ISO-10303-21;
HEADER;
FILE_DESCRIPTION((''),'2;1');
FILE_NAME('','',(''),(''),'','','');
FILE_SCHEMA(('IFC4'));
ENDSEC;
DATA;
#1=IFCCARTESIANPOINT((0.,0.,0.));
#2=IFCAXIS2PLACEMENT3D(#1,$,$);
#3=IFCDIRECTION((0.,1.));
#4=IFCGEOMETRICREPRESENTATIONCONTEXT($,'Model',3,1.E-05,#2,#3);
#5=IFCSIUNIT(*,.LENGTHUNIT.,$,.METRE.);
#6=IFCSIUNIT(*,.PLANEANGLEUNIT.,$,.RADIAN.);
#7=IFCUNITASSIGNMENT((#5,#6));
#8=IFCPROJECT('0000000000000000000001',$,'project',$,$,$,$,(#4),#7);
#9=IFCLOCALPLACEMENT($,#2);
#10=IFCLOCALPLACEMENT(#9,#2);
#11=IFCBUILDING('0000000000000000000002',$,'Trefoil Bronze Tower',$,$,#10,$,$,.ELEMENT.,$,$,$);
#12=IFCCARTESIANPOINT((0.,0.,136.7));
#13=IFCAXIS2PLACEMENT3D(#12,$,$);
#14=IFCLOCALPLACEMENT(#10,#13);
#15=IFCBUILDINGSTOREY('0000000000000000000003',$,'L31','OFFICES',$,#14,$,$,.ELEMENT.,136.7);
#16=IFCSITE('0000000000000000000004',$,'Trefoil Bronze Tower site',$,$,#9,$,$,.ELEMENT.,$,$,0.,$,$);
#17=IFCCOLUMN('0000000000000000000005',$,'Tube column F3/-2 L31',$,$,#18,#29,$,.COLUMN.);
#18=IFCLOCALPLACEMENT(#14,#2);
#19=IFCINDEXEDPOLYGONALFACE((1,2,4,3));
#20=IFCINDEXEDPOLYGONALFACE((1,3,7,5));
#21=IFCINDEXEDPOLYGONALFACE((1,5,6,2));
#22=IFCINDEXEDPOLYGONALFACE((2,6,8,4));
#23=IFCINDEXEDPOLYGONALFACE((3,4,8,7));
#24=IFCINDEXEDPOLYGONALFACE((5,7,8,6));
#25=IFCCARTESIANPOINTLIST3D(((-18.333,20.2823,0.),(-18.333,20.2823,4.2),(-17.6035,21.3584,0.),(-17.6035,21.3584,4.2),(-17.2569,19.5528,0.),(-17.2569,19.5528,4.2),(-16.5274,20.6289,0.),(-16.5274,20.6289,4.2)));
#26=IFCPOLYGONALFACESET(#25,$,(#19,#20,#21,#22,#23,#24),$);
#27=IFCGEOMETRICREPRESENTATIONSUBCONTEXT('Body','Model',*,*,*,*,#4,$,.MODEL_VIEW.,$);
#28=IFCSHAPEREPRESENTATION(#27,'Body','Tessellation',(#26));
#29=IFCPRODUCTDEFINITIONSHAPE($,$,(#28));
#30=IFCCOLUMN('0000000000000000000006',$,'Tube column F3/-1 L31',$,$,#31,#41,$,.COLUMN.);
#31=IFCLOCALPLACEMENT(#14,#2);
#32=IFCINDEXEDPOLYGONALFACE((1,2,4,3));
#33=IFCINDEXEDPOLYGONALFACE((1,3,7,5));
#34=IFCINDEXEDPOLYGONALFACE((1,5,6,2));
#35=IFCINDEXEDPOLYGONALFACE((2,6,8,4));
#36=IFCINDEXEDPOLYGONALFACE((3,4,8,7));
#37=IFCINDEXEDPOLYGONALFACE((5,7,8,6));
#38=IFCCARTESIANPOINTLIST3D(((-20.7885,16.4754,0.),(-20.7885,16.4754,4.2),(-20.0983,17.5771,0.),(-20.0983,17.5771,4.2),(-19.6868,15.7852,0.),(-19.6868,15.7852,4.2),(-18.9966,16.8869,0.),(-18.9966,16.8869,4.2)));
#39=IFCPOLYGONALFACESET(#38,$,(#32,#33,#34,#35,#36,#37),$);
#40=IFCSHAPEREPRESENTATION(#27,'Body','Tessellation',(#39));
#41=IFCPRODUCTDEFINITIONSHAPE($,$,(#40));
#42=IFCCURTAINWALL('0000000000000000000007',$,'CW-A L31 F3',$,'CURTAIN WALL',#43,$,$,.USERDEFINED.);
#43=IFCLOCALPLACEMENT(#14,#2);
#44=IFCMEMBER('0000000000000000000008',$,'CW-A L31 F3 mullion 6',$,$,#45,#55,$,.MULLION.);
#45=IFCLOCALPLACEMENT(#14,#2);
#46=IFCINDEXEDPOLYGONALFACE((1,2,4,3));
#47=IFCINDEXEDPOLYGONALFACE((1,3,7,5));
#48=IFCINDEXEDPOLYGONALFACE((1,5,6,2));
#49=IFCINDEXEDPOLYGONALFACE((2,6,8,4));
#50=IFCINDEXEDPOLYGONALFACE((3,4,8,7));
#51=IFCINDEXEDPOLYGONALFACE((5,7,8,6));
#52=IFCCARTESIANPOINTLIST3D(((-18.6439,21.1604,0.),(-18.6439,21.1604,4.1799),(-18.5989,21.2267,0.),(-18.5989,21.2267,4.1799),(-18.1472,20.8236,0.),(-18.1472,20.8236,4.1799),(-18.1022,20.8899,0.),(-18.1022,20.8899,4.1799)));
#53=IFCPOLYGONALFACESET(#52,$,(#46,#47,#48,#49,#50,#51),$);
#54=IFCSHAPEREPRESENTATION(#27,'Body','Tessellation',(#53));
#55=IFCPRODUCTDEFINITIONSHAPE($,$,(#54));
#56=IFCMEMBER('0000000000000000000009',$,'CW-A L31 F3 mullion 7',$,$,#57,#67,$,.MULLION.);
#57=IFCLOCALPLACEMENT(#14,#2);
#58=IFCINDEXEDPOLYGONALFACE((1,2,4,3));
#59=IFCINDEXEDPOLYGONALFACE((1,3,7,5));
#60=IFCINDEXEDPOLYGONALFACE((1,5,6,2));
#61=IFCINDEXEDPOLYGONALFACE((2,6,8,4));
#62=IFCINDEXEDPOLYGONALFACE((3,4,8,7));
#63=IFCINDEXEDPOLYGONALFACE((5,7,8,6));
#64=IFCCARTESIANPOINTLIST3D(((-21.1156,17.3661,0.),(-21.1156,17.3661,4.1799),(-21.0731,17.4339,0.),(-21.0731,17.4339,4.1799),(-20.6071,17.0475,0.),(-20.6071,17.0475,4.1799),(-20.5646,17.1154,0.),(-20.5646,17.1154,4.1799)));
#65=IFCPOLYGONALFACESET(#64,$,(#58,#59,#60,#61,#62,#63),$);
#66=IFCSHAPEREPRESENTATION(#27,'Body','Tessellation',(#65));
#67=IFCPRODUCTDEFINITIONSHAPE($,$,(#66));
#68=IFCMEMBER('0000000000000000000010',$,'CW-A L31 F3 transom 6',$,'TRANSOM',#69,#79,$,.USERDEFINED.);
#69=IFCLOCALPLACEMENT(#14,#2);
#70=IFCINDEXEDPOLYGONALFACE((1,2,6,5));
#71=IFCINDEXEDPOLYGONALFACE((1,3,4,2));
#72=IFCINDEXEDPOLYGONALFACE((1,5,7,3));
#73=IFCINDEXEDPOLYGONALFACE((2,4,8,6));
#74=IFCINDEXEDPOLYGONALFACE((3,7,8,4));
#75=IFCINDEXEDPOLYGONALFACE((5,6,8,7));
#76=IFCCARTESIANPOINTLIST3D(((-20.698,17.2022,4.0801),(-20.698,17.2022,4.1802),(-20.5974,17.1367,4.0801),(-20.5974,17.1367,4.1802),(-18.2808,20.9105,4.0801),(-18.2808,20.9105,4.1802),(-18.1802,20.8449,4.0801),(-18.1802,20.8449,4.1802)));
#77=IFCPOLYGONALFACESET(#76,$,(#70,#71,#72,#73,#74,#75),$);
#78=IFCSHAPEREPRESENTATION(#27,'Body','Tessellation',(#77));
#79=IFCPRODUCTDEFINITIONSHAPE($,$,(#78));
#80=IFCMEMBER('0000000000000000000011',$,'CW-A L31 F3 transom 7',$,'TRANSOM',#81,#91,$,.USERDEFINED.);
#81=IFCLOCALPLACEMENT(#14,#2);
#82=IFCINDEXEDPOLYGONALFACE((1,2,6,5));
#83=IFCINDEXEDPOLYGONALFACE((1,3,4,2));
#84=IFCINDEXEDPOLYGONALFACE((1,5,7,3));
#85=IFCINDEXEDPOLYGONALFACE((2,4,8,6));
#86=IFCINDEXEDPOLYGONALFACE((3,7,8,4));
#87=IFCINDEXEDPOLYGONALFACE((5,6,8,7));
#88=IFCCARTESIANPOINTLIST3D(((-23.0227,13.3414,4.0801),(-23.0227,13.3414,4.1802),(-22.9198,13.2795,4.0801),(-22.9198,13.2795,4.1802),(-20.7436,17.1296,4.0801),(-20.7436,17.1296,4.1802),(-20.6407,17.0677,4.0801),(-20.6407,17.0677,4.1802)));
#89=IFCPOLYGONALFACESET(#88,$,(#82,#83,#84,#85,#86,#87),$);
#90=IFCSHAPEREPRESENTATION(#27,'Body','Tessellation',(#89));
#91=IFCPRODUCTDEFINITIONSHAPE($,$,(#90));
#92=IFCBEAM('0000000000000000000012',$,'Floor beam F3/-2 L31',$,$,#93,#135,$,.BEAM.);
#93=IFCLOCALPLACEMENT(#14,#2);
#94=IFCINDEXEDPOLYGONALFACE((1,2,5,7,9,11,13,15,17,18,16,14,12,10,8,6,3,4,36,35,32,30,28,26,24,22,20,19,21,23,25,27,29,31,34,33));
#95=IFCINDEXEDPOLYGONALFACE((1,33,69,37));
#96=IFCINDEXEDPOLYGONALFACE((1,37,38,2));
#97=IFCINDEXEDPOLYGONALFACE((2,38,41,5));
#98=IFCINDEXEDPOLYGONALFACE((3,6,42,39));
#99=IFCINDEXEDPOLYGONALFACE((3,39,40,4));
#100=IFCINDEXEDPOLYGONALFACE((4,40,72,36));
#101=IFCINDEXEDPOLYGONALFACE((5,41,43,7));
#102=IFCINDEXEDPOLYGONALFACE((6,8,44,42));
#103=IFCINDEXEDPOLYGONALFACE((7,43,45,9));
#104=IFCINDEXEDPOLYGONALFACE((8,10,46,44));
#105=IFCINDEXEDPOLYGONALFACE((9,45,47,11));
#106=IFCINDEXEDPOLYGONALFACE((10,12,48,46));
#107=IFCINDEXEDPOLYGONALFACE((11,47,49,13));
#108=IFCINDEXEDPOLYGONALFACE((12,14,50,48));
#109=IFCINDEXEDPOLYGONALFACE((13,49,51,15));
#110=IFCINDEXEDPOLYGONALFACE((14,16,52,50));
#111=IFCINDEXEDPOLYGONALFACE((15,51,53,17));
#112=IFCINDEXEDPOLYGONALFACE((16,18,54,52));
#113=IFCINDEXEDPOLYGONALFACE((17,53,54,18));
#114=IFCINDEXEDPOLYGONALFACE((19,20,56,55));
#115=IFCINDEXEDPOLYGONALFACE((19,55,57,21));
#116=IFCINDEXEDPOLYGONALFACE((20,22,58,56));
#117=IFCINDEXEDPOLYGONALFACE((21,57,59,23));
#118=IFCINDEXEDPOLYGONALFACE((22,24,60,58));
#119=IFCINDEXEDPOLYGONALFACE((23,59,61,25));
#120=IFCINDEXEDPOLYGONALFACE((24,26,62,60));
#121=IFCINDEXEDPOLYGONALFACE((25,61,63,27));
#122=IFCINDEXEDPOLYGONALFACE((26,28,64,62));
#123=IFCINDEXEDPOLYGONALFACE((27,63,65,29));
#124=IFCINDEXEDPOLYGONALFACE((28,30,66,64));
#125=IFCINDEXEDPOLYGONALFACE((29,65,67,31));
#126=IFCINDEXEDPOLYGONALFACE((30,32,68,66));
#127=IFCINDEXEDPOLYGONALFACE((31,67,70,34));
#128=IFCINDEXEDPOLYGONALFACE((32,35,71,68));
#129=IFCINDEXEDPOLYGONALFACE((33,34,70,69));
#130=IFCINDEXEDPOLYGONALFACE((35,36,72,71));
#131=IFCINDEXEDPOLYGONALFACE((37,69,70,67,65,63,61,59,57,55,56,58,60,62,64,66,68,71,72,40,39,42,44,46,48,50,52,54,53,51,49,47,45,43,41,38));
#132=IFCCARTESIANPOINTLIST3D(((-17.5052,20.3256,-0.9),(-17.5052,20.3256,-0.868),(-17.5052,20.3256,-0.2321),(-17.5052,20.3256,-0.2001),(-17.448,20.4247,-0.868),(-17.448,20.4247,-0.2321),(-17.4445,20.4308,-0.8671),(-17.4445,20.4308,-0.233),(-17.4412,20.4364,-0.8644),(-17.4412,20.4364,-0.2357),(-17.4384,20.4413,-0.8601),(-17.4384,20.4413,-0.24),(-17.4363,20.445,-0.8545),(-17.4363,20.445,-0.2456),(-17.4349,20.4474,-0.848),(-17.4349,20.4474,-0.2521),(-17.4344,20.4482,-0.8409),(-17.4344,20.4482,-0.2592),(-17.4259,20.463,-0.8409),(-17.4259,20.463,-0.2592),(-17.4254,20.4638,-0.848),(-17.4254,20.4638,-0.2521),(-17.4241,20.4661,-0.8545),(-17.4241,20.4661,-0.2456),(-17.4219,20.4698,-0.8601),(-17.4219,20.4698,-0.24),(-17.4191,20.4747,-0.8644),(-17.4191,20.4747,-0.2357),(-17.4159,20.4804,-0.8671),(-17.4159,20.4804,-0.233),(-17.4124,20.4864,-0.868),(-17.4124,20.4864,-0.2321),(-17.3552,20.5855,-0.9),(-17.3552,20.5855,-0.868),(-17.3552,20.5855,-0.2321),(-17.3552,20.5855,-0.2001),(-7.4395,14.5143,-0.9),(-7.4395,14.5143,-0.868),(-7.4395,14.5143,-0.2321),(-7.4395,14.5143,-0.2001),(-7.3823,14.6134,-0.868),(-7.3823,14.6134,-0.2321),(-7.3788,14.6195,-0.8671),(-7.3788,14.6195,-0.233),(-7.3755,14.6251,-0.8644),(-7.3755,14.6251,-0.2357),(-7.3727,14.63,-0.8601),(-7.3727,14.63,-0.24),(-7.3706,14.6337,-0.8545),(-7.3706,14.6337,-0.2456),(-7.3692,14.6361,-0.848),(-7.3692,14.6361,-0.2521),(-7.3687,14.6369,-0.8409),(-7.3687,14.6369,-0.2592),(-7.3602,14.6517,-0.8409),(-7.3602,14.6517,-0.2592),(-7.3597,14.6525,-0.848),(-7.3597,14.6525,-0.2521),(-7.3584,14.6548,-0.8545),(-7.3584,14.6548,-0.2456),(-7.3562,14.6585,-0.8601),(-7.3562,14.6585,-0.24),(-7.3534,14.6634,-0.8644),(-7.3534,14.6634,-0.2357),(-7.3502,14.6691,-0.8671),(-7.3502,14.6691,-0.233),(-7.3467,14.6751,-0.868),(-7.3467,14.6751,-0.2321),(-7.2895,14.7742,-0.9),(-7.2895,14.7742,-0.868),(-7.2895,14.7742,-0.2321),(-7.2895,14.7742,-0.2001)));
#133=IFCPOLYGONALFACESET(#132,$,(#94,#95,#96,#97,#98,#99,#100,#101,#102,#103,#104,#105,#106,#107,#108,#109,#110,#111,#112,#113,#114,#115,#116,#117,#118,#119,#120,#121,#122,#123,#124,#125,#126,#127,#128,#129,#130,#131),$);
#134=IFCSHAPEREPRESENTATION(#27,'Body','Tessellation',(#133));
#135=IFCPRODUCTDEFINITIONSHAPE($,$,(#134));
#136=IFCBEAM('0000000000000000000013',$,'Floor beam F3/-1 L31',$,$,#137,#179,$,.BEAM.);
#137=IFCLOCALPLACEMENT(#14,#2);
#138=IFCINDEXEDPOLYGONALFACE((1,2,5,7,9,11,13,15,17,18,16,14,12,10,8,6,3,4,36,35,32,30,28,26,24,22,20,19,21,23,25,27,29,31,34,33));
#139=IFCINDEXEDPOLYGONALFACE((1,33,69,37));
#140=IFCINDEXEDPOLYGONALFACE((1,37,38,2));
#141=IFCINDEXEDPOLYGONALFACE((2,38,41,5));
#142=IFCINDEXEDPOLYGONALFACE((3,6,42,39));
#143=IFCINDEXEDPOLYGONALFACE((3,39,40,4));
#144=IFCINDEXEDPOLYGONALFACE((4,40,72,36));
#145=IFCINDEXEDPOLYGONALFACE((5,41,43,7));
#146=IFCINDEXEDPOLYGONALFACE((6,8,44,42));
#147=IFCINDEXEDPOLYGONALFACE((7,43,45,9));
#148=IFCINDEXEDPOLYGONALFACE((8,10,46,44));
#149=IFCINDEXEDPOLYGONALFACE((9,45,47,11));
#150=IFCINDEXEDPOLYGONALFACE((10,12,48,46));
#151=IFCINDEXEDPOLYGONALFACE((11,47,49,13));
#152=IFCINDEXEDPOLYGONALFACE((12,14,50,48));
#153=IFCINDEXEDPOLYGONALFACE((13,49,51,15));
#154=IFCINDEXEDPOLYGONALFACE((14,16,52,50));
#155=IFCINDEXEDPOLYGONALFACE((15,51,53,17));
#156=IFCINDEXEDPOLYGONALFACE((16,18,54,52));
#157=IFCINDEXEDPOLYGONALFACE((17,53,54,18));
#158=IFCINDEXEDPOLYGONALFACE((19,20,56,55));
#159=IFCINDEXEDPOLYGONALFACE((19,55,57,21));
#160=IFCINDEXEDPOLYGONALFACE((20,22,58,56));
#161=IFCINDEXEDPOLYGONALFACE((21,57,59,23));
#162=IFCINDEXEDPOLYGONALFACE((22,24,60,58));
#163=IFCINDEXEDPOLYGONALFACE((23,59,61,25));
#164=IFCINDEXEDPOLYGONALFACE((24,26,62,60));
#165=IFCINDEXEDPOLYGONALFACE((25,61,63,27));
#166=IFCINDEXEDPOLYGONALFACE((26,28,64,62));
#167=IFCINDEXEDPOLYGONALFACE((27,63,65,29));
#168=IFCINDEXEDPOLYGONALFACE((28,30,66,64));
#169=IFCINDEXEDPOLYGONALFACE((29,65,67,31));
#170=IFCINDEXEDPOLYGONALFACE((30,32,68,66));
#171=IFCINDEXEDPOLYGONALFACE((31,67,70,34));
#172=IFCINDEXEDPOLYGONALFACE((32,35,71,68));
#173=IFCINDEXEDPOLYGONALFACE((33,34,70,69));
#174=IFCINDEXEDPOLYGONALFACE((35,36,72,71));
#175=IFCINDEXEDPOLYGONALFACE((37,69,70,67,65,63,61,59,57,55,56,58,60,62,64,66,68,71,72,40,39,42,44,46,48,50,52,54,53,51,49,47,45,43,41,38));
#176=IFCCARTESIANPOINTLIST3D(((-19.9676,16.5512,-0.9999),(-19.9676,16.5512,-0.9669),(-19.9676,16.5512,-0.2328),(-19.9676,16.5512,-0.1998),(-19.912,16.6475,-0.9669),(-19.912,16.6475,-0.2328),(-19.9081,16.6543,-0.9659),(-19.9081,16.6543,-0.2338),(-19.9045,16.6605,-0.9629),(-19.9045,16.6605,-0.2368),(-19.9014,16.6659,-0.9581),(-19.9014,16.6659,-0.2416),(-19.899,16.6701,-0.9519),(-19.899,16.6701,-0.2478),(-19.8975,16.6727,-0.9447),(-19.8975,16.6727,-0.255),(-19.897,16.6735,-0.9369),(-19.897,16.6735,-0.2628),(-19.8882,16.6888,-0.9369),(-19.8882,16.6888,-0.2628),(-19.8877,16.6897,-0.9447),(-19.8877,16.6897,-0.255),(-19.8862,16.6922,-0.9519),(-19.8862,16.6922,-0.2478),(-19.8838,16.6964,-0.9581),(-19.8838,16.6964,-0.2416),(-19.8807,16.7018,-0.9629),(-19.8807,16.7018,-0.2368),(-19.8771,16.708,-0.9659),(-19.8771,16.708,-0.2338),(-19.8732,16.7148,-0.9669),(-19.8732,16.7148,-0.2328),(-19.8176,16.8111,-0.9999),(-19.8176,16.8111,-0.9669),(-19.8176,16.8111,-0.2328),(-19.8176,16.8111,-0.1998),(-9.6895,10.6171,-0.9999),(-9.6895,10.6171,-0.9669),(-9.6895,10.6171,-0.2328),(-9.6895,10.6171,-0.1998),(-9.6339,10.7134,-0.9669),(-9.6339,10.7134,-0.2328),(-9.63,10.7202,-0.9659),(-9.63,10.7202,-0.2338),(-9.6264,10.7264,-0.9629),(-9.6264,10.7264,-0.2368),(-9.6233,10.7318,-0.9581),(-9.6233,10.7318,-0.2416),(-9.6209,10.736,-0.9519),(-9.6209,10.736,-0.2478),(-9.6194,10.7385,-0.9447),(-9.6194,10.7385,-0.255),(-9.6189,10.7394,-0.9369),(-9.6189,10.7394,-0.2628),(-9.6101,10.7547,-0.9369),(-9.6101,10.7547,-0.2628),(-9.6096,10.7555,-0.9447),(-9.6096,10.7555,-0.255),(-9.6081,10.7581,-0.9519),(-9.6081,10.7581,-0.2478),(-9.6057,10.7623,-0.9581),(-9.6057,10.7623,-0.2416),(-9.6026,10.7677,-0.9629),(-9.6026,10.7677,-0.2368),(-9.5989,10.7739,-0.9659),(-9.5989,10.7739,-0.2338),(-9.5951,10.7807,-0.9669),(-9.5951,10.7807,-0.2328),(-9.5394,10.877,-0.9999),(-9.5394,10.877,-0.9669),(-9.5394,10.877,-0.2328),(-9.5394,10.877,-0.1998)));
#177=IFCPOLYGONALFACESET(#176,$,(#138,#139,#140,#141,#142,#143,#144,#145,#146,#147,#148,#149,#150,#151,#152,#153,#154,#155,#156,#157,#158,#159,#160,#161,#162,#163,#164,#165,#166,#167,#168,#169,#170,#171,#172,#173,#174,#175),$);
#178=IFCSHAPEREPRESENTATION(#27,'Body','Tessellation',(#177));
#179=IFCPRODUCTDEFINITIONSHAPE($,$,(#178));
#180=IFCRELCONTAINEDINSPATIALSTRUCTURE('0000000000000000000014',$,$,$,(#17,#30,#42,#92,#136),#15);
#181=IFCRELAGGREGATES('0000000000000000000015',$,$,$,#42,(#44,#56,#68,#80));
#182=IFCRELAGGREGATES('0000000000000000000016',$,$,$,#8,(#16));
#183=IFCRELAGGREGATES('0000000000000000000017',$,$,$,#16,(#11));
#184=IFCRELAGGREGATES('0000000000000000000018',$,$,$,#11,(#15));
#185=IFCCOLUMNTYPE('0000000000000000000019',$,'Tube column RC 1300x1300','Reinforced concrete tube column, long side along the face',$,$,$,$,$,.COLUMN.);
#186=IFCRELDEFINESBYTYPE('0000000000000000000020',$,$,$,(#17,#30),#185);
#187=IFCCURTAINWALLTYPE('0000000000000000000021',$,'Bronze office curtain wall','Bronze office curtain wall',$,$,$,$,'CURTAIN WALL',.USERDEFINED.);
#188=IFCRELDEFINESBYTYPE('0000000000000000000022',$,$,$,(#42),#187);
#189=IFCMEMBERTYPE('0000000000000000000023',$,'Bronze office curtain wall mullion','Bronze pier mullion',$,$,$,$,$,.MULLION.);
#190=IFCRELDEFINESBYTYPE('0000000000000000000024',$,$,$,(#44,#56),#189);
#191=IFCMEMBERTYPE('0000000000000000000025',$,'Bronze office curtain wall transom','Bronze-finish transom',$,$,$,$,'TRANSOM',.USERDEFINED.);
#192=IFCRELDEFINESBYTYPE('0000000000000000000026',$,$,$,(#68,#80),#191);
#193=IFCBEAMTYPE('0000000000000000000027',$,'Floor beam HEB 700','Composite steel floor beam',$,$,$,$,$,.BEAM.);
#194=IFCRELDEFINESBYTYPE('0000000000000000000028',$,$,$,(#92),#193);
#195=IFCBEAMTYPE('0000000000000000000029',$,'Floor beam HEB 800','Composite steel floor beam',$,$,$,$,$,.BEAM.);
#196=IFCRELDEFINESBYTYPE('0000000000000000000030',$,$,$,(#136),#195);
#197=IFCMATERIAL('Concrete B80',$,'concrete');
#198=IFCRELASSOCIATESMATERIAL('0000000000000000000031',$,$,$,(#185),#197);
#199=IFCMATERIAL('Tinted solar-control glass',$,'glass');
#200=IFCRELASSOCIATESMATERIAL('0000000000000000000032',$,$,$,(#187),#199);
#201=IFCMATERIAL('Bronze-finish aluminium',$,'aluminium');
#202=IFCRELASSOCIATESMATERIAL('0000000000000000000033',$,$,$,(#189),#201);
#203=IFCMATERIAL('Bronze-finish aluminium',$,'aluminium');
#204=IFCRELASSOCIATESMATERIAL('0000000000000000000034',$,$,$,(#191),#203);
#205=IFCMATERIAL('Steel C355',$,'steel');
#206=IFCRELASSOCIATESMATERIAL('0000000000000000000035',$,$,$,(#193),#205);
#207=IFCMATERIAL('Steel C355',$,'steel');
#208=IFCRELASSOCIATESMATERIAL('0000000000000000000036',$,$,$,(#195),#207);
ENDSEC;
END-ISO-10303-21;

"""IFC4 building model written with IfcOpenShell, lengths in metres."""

from ifc_helpers import new_model, si_unit, direction, frame, origin, origin_2d, place, context, subcontext, project, spatial, rectangle, i_section, extrude, material, material_profile, profile_set, type_object, element, aggregate, save


model = new_model("IFC4")

# Units and contexts
model_context = context("Model", 3, precision=1e-05, world=origin(), true_north=direction((0.0, 1.0)))
body_context = subcontext(model_context, "Body", "Model", "MODEL_VIEW")
ifc_project = project(units=[si_unit("LENGTHUNIT", "METRE"), si_unit("PLANEANGLEUNIT", "RADIAN")], contexts=[model_context])

# Site, building, storey
site_placement = place(None, origin())
site = spatial("IfcSite", under=ifc_project, at=site_placement, Name="Trefoil Bronze Tower site", CompositionType="ELEMENT", RefElevation=0.0)
building_placement = place(site_placement, origin())
building = spatial("IfcBuilding", under=site, at=building_placement, Name="Trefoil Bronze Tower", CompositionType="ELEMENT")
storey_placement = place(building_placement, frame((0.0, 0.0, 136.7)))
storey = spatial("IfcBuildingStorey", under=building, at=storey_placement, Name="L31", Description="OFFICES", CompositionType="ELEMENT", Elevation=136.7)

# Columns
ifc_material_1 = material(Name="Concrete B80", Category="concrete")
ifc_material_profile_1 = material_profile(ifc_material_1, rectangle(XDim=1.3, YDim=1.3, at=origin_2d()), Name="RC 1300x1300")
ifc_profile_set_1 = profile_set([ifc_material_profile_1], Name="Concrete B80")
column_type = type_object("IfcColumnType", Name="Tube column RC 1300x1300", Description="Reinforced concrete tube column, long side along the face", PredefinedType="COLUMN", material=ifc_profile_set_1)
for number, where, z_axis, x_axis, name in (
    (1, (-17.4302, 20.4556, 0.0), (0.0, 0.0, 1.0), (-0.561136, -0.827724, 0.0), "Tube column F3/-2 L31"),
    (2, (-19.8926, 16.6812, 0.0), (0.0, 0.0, 1.0), (-0.530893, -0.847439, 0.0), "Tube column F3/-1 L31"),
):
    element("IfcColumn", number, at=place(storey_placement, frame(where, z_axis=z_axis, x_axis=x_axis)), inside=storey, type_object=column_type, Name=name, PredefinedType="COLUMN", context=body_context, shape_type="SweptSolid", body=[
        extrude(rectangle(XDim=1.3, YDim=1.3, at=origin_2d()), origin(), (0.0, 0.0, 1.0), 4.2),
    ])

# Curtain wall, members
ifc_material_2 = material(Name="Tinted solar-control glass", Category="glass")
curtain_wall_type = type_object("IfcCurtainWallType", Name="Bronze office curtain wall", Description="Bronze office curtain wall", ElementType="CURTAIN WALL", PredefinedType="USERDEFINED", material=ifc_material_2)
curtain_wall_placement = place(storey_placement, origin())
curtain_wall = element("IfcCurtainWall", 3, at=curtain_wall_placement, inside=storey, type_object=curtain_wall_type, Name="CW-A L31 F3", ObjectType="CURTAIN WALL", PredefinedType="USERDEFINED")
ifc_material_3 = material(Name="Bronze-finish aluminium", Category="aluminium")
ifc_material_profile_2 = material_profile(ifc_material_3, rectangle(XDim=0.6001, YDim=0.0801, at=origin_2d()), Name="CW-A mullion")
ifc_profile_set_2 = profile_set([ifc_material_profile_2], Name="Bronze-finish aluminium")
member_type_1 = type_object("IfcMemberType", Name="Bronze office curtain wall mullion", Description="Bronze pier mullion", PredefinedType="MULLION", material=ifc_profile_set_2)
member_1_placement = place(storey_placement, frame((-18.373, 21.0251, 0.0), z_axis=(0.0, 0.0, 1.0), x_axis=(0.827724, -0.561136, 0.0)))
member_1 = element("IfcMember", 4, at=member_1_placement, type_object=member_type_1, Name="CW-A L31 F3 mullion 6", PredefinedType="MULLION", context=body_context, shape_type="SweptSolid", body=[
    extrude(rectangle(XDim=0.6001, YDim=0.0801, at=origin_2d()), origin(), (0.0, 0.0, 1.0), 4.1799),
])
member_2_placement = place(storey_placement, frame((-20.8401, 17.2407, 0.0), z_axis=(0.0, 0.0, 1.0), x_axis=(0.847439, -0.530893, 0.0)))
member_2 = element("IfcMember", 5, at=member_2_placement, type_object=member_type_1, Name="CW-A L31 F3 mullion 7", PredefinedType="MULLION", context=body_context, shape_type="SweptSolid", body=[
    extrude(rectangle(XDim=0.6001, YDim=0.0801, at=origin_2d()), origin(), (0.0, 0.0, 1.0), 4.1799),
])
ifc_material_4 = material(Name="Bronze-finish aluminium", Category="aluminium")
ifc_material_profile_3 = material_profile(ifc_material_4, rectangle(XDim=0.1201, YDim=0.1001, at=origin_2d()), Name="CW-A transom")
ifc_profile_set_3 = profile_set([ifc_material_profile_3], Name="Bronze-finish aluminium")
member_type_2 = type_object("IfcMemberType", Name="Bronze office curtain wall transom", Description="Bronze-finish transom", ElementType="TRANSOM", PredefinedType="USERDEFINED", material=ifc_profile_set_3)
member_3_placement = place(storey_placement, frame((-18.2305, 20.8777, 4.1301), z_axis=(-0.546079, -0.837733, 0.0), x_axis=(0.837733, -0.546079, 0.0)))
member_3 = element("IfcMember", 6, at=member_3_placement, type_object=member_type_2, Name="CW-A L31 F3 transom 6", ObjectType="TRANSOM", PredefinedType="USERDEFINED", context=body_context, shape_type="SweptSolid", body=[
    extrude(rectangle(XDim=0.1201, YDim=0.1001, at=origin_2d()), origin(), (0.0, 0.0, 1.0), 4.4265),
])
member_4_placement = place(storey_placement, frame((-20.6921, 17.0986, 4.1301), z_axis=(-0.515527, -0.856873, 0.0), x_axis=(0.856873, -0.515527, 0.0)))
member_4 = element("IfcMember", 7, at=member_4_placement, type_object=member_type_2, Name="CW-A L31 F3 transom 7", ObjectType="TRANSOM", PredefinedType="USERDEFINED", context=body_context, shape_type="SweptSolid", body=[
    extrude(rectangle(XDim=0.1201, YDim=0.1001, at=origin_2d()), origin(), (0.0, 0.0, 1.0), 4.4209),
])

# Beams
ifc_material_5 = material(Name="Steel C355", Category="steel")
ifc_material_profile_4 = material_profile(ifc_material_5, i_section(OverallWidth=0.3, OverallDepth=0.7, WebThickness=0.0171, FlangeThickness=0.032, FilletRadius=0.0271, at=origin_2d()), Name="HEB 700")
ifc_profile_set_4 = profile_set([ifc_material_profile_4], Name="Steel C355")
beam_type_1 = type_object("IfcBeamType", Name="Floor beam HEB 700", Description="Composite steel floor beam", PredefinedType="BEAM", material=ifc_profile_set_4)
beam_1_placement = place(storey_placement, frame((-17.4302, 20.4556, -0.55), z_axis=(0.866031, -0.499991, 0.0), x_axis=(0.499991, 0.866031, 0.0)))
element("IfcBeam", 8, at=beam_1_placement, inside=storey, type_object=beam_type_1, Name="Floor beam F3/-2 L31", PredefinedType="BEAM", context=body_context, shape_type="SweptSolid", body=[
    extrude(i_section(OverallWidth=0.3, OverallDepth=0.7, WebThickness=0.0171, FlangeThickness=0.032, FilletRadius=0.0271, at=origin_2d()), origin(), (0.0, 0.0, 1.0), 11.6228),
])
ifc_material_6 = material(Name="Steel C355", Category="steel")
ifc_material_profile_5 = material_profile(ifc_material_6, i_section(OverallWidth=0.3, OverallDepth=0.8, WebThickness=0.0176, FlangeThickness=0.033, FilletRadius=0.03, at=origin_2d()), Name="HEB 800")
ifc_profile_set_5 = profile_set([ifc_material_profile_5], Name="Steel C355")
beam_type_2 = type_object("IfcBeamType", Name="Floor beam HEB 800", Description="Composite steel floor beam", PredefinedType="BEAM", material=ifc_profile_set_5)
beam_2_placement = place(storey_placement, frame((-19.8926, 16.6812, -0.5999), z_axis=(0.866024, -0.500002, 0.0), x_axis=(0.500002, 0.866024, 0.0)))
element("IfcBeam", 9, at=beam_2_placement, inside=storey, type_object=beam_type_2, Name="Floor beam F3/-1 L31", PredefinedType="BEAM", context=body_context, shape_type="SweptSolid", body=[
    extrude(i_section(OverallWidth=0.3, OverallDepth=0.8, WebThickness=0.0176, FlangeThickness=0.033, FilletRadius=0.03, at=origin_2d()), origin(), (0.0, 0.0, 1.0), 11.8682),
])

aggregate(curtain_wall, [member_1, member_2, member_3, member_4])

save(model, "model.ifc")
